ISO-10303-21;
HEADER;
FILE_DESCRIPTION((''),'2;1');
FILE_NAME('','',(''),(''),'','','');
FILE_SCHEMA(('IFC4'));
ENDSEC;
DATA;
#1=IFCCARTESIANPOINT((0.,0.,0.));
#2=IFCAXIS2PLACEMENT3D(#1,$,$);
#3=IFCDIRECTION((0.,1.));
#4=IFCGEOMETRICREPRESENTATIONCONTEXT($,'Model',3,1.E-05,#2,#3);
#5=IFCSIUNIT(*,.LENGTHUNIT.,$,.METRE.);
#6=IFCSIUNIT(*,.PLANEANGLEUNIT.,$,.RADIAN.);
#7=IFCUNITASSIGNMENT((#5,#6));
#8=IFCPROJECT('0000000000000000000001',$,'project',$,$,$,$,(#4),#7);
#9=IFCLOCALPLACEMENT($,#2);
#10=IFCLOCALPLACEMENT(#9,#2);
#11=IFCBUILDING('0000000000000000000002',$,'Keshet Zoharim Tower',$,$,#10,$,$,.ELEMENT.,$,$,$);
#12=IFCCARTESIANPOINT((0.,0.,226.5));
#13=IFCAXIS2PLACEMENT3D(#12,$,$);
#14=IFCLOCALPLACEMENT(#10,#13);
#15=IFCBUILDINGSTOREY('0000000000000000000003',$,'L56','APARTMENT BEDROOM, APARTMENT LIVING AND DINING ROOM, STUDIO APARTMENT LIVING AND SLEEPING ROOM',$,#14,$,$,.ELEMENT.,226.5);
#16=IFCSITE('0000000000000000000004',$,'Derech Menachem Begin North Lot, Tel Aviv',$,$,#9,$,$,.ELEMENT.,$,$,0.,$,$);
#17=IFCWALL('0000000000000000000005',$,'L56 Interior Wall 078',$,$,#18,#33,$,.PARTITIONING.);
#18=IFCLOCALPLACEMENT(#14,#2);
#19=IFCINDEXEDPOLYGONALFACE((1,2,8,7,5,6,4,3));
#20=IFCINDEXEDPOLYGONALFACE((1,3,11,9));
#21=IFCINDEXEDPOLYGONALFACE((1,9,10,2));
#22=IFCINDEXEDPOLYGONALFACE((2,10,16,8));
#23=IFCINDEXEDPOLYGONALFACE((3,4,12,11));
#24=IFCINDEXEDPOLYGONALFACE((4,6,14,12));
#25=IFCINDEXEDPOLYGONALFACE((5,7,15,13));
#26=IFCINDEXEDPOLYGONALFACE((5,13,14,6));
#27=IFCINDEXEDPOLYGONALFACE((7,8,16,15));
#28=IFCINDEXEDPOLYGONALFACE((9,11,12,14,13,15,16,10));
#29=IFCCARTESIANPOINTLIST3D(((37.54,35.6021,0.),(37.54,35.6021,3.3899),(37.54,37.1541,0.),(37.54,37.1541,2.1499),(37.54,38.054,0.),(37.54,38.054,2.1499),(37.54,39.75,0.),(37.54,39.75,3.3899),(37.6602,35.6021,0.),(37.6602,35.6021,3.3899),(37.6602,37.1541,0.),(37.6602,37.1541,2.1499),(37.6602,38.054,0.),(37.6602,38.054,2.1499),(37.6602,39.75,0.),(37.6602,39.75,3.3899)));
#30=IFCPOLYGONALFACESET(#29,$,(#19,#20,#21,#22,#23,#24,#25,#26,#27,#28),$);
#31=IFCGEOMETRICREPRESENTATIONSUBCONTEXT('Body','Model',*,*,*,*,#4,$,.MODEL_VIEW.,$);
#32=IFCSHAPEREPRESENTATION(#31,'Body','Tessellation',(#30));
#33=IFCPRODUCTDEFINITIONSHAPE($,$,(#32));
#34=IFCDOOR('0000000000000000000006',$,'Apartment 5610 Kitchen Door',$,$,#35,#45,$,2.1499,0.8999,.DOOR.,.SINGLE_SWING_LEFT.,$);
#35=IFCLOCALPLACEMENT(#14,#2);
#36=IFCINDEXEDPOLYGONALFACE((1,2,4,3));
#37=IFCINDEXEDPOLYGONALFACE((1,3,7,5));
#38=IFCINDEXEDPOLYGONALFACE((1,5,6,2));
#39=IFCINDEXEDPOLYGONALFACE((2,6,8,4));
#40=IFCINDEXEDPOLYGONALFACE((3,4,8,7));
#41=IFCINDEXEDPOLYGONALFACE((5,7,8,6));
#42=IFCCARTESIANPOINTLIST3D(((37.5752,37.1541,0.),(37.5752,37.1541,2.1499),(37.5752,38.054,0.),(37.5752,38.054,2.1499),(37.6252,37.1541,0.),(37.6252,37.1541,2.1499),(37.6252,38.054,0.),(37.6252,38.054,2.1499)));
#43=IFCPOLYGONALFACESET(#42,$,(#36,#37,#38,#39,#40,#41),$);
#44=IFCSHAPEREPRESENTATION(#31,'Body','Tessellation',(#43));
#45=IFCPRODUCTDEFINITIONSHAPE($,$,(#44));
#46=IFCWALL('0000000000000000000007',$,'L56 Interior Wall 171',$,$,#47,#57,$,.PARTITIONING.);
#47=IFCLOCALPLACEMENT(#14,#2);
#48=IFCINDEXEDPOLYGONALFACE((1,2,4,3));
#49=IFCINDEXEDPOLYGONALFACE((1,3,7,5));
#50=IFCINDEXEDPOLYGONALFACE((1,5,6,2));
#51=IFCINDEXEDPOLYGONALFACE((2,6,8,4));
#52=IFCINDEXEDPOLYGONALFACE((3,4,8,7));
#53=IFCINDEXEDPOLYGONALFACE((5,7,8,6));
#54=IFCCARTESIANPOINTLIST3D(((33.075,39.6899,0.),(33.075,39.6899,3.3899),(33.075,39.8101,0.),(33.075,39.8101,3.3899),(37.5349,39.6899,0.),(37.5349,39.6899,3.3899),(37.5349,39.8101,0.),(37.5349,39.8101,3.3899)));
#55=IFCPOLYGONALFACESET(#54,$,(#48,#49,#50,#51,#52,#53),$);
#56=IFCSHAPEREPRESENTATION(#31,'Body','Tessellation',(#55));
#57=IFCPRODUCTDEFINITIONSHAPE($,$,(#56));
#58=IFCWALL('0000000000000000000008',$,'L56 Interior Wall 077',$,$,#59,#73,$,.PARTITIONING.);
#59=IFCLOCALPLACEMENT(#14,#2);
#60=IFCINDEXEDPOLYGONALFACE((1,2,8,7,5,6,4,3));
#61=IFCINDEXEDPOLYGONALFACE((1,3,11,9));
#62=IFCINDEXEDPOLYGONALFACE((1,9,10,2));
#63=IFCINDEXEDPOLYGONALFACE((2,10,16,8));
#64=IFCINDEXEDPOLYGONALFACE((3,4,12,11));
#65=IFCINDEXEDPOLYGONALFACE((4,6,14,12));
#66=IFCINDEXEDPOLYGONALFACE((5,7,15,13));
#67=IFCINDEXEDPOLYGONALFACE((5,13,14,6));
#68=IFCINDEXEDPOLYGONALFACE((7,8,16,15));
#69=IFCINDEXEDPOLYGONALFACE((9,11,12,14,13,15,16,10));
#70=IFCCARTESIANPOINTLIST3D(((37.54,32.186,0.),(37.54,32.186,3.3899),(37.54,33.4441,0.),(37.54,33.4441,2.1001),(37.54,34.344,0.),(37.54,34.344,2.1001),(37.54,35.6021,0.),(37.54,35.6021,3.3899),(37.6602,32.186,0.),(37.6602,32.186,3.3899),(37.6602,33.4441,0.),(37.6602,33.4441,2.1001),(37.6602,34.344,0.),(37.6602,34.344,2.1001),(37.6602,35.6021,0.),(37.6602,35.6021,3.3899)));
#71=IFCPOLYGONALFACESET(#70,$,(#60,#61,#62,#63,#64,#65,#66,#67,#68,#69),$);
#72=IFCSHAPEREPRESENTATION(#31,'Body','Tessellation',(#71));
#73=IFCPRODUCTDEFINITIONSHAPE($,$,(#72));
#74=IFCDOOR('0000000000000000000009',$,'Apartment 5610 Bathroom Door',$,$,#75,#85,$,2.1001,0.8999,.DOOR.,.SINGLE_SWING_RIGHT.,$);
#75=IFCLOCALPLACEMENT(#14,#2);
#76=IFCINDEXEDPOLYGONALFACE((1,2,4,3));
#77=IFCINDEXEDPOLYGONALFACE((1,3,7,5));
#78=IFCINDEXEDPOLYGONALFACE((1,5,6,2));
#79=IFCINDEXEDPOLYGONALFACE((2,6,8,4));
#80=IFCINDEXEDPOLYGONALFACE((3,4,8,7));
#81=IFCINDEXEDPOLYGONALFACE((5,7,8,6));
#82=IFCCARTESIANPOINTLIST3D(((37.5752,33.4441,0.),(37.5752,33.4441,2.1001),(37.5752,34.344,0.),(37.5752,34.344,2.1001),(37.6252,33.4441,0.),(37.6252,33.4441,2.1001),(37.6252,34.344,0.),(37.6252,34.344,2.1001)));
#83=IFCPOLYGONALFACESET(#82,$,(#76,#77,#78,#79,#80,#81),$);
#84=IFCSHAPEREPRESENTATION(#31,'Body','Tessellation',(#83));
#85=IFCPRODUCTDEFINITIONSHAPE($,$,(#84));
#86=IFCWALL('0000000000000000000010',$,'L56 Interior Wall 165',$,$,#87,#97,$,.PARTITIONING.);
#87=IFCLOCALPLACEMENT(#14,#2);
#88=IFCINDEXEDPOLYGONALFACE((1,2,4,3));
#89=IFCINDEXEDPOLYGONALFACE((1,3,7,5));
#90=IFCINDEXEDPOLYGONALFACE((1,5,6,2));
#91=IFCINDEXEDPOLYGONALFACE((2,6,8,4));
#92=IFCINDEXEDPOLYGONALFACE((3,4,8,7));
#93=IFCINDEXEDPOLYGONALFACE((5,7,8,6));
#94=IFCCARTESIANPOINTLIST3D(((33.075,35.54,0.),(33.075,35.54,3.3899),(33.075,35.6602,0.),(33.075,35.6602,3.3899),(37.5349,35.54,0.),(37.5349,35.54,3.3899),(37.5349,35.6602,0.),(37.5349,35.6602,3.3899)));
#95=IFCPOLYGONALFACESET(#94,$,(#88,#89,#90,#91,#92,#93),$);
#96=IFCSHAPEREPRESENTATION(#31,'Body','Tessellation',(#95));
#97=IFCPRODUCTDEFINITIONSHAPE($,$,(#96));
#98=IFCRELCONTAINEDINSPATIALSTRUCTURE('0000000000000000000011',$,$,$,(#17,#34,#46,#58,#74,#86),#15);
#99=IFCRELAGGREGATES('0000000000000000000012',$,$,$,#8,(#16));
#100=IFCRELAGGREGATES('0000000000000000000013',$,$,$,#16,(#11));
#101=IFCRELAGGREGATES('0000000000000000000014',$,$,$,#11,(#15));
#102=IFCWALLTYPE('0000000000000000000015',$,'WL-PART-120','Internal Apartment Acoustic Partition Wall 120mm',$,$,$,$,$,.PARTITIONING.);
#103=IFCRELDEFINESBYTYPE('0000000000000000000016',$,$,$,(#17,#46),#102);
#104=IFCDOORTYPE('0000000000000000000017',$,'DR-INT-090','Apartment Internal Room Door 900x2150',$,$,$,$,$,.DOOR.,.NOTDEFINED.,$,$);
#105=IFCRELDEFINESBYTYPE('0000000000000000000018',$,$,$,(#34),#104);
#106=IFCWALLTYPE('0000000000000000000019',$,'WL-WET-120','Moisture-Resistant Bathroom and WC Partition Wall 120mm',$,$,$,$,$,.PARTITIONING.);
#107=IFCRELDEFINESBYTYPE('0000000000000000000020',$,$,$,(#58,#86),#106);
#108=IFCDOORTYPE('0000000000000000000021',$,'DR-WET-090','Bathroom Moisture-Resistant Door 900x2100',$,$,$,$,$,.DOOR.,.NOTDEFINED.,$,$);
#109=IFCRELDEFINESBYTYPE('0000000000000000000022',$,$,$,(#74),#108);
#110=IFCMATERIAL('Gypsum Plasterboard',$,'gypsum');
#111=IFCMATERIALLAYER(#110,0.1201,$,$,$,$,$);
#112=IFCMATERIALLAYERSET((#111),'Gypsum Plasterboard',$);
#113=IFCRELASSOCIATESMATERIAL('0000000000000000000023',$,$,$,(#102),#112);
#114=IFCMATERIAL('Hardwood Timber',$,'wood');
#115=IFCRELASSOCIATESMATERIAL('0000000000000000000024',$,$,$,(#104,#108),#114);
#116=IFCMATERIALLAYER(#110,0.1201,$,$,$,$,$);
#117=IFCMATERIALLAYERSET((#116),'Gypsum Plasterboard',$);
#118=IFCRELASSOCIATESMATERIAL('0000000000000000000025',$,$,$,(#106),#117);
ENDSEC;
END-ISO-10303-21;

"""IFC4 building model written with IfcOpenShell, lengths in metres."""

from ifc_helpers import new_model, si_unit, direction, frame, frame_2d, origin, place, context, subcontext, project, spatial, rectangle, extrude, material, layer, layer_set, type_object, element, fill, save


model = new_model("IFC4")

# Units and contexts
model_context = context("Model", 3, precision=1e-05, world=origin(), true_north=direction((0.0, 1.0)))
body_context = subcontext(model_context, "Body", "Model", "MODEL_VIEW")
ifc_project = project(units=[si_unit("LENGTHUNIT", "METRE"), si_unit("PLANEANGLEUNIT", "RADIAN")], contexts=[model_context])

# Site, building, storey
site_placement = place(None, origin())
site = spatial("IfcSite", under=ifc_project, at=site_placement, Name="Derech Menachem Begin North Lot, Tel Aviv", CompositionType="ELEMENT", RefElevation=0.0)
building_placement = place(site_placement, origin())
building = spatial("IfcBuilding", under=site, at=building_placement, Name="Keshet Zoharim Tower", CompositionType="ELEMENT")
storey_placement = place(building_placement, frame((0.0, 0.0, 226.5)))
storey = spatial("IfcBuildingStorey", under=building, at=storey_placement, Name="L56", Description="APARTMENT BEDROOM, APARTMENT LIVING AND DINING ROOM, STUDIO APARTMENT LIVING AND SLEEPING ROOM", CompositionType="ELEMENT", Elevation=226.5)

# Shared definitions
ifc_material_1 = material(Name="Gypsum Plasterboard", Category="gypsum")

# Shared definitions
ifc_material_2 = material(Name="Hardwood Timber", Category="wood")

# Shared definitions
ifc_layer_1 = layer(ifc_material_1, 0.1201)
ifc_layer_set_1 = layer_set([ifc_layer_1], Name="Gypsum Plasterboard")
wall_type_1 = type_object("IfcWallType", Name="WL-PART-120", Description="Internal Apartment Acoustic Partition Wall 120mm", PredefinedType="PARTITIONING", material=ifc_layer_set_1)

# Wall, opening, door
wall_1_placement = place(storey_placement, frame((37.6001, 35.6021, 0.0), z_axis=(0.0, 0.0, 1.0), x_axis=(0.0, 1.0, 0.0)))
wall_1 = element("IfcWall", 1, at=wall_1_placement, inside=storey, type_object=wall_type_1, Name="L56 Interior Wall 078", PredefinedType="PARTITIONING", context=body_context, shape_type="SweptSolid", body=[
    extrude(rectangle(XDim=4.1479, YDim=0.1201, at=frame_2d((2.074, 0.0))), origin(), (0.0, 0.0, 1.0), 3.3899),
])
opening_1_placement = place(wall_1_placement, frame((1.552, 0.0, 0.0)))
opening_1 = element("IfcOpeningElement", 2, at=opening_1_placement, cuts=wall_1, PredefinedType="OPENING", context=body_context, shape_type="SweptSolid", body=[
    extrude(rectangle(XDim=0.8999, YDim=2.1499, at=frame_2d((0.45, 1.075))), frame((0.0, 0.0701, 0.0), z_axis=(0.0, -1.0, 0.0), x_axis=(1.0, 0.0, 0.0)), (0.0, 0.0, 1.0), 0.1401),
])
door_type_1 = type_object("IfcDoorType", Name="DR-INT-090", Description="Apartment Internal Room Door 900x2150", OperationType="NOTDEFINED", PredefinedType="DOOR", material=ifc_material_2)
door_1_placement = place(opening_1_placement, origin())
door_1 = element("IfcDoor", 3, at=door_1_placement, inside=storey, type_object=door_type_1, Name="Apartment 5610 Kitchen Door", OperationType="SINGLE_SWING_LEFT", OverallHeight=2.1499, OverallWidth=0.8999, PredefinedType="DOOR", context=body_context, shape_type="SweptSolid", body=[
    extrude(rectangle(XDim=0.8999, YDim=2.1499, at=frame_2d((0.45, 1.075))), frame((0.0, 0.0249, 0.0), z_axis=(0.0, -1.0, 0.0), x_axis=(1.0, 0.0, 0.0)), (0.0, 0.0, 1.0), 0.05),
])
fill(opening_1, door_1)

# Wall
wall_2_placement = place(storey_placement, frame((33.075, 39.75, 0.0), z_axis=(0.0, 0.0, 1.0), x_axis=(1.0, 0.0, 0.0)))
element("IfcWall", 4, at=wall_2_placement, inside=storey, type_object=wall_type_1, Name="L56 Interior Wall 171", PredefinedType="PARTITIONING", context=body_context, shape_type="SweptSolid", body=[
    extrude(rectangle(XDim=4.46, YDim=0.1201, at=frame_2d((2.23, 0.0))), origin(), (0.0, 0.0, 1.0), 3.3899),
])

# Wall, opening, door
ifc_layer_2 = layer(ifc_material_1, 0.1201)
ifc_layer_set_2 = layer_set([ifc_layer_2], Name="Gypsum Plasterboard")
wall_type_2 = type_object("IfcWallType", Name="WL-WET-120", Description="Moisture-Resistant Bathroom and WC Partition Wall 120mm", PredefinedType="PARTITIONING", material=ifc_layer_set_2)
wall_3_placement = place(storey_placement, frame((37.6001, 32.186, 0.0), z_axis=(0.0, 0.0, 1.0), x_axis=(0.0, 1.0, 0.0)))
wall_3 = element("IfcWall", 5, at=wall_3_placement, inside=storey, type_object=wall_type_2, Name="L56 Interior Wall 077", PredefinedType="PARTITIONING", context=body_context, shape_type="SweptSolid", body=[
    extrude(rectangle(XDim=3.416, YDim=0.1201, at=frame_2d((1.708, 0.0))), origin(), (0.0, 0.0, 1.0), 3.3899),
])
opening_2_placement = place(wall_3_placement, frame((1.2581, 0.0, 0.0)))
opening_2 = element("IfcOpeningElement", 6, at=opening_2_placement, cuts=wall_3, PredefinedType="OPENING", context=body_context, shape_type="SweptSolid", body=[
    extrude(rectangle(XDim=0.8999, YDim=2.1001, at=frame_2d((0.45, 1.05))), frame((0.0, 0.0701, 0.0), z_axis=(0.0, -1.0, 0.0), x_axis=(1.0, 0.0, 0.0)), (0.0, 0.0, 1.0), 0.1401),
])
door_type_2 = type_object("IfcDoorType", Name="DR-WET-090", Description="Bathroom Moisture-Resistant Door 900x2100", OperationType="NOTDEFINED", PredefinedType="DOOR", material=ifc_material_2)
door_2_placement = place(opening_2_placement, origin())
door_2 = element("IfcDoor", 7, at=door_2_placement, inside=storey, type_object=door_type_2, Name="Apartment 5610 Bathroom Door", OperationType="SINGLE_SWING_RIGHT", OverallHeight=2.1001, OverallWidth=0.8999, PredefinedType="DOOR", context=body_context, shape_type="SweptSolid", body=[
    extrude(rectangle(XDim=0.8999, YDim=2.1001, at=frame_2d((0.45, 1.05))), frame((0.0, 0.0249, 0.0), z_axis=(0.0, -1.0, 0.0), x_axis=(1.0, 0.0, 0.0)), (0.0, 0.0, 1.0), 0.05),
])
fill(opening_2, door_2)

# Wall
wall_4_placement = place(storey_placement, frame((33.075, 35.6001, 0.0), z_axis=(0.0, 0.0, 1.0), x_axis=(1.0, 0.0, 0.0)))
element("IfcWall", 8, at=wall_4_placement, inside=storey, type_object=wall_type_2, Name="L56 Interior Wall 165", PredefinedType="PARTITIONING", context=body_context, shape_type="SweptSolid", body=[
    extrude(rectangle(XDim=4.46, YDim=0.1201, at=frame_2d((2.23, 0.0))), origin(), (0.0, 0.0, 1.0), 3.3899),
])

save(model, "model.ifc")
